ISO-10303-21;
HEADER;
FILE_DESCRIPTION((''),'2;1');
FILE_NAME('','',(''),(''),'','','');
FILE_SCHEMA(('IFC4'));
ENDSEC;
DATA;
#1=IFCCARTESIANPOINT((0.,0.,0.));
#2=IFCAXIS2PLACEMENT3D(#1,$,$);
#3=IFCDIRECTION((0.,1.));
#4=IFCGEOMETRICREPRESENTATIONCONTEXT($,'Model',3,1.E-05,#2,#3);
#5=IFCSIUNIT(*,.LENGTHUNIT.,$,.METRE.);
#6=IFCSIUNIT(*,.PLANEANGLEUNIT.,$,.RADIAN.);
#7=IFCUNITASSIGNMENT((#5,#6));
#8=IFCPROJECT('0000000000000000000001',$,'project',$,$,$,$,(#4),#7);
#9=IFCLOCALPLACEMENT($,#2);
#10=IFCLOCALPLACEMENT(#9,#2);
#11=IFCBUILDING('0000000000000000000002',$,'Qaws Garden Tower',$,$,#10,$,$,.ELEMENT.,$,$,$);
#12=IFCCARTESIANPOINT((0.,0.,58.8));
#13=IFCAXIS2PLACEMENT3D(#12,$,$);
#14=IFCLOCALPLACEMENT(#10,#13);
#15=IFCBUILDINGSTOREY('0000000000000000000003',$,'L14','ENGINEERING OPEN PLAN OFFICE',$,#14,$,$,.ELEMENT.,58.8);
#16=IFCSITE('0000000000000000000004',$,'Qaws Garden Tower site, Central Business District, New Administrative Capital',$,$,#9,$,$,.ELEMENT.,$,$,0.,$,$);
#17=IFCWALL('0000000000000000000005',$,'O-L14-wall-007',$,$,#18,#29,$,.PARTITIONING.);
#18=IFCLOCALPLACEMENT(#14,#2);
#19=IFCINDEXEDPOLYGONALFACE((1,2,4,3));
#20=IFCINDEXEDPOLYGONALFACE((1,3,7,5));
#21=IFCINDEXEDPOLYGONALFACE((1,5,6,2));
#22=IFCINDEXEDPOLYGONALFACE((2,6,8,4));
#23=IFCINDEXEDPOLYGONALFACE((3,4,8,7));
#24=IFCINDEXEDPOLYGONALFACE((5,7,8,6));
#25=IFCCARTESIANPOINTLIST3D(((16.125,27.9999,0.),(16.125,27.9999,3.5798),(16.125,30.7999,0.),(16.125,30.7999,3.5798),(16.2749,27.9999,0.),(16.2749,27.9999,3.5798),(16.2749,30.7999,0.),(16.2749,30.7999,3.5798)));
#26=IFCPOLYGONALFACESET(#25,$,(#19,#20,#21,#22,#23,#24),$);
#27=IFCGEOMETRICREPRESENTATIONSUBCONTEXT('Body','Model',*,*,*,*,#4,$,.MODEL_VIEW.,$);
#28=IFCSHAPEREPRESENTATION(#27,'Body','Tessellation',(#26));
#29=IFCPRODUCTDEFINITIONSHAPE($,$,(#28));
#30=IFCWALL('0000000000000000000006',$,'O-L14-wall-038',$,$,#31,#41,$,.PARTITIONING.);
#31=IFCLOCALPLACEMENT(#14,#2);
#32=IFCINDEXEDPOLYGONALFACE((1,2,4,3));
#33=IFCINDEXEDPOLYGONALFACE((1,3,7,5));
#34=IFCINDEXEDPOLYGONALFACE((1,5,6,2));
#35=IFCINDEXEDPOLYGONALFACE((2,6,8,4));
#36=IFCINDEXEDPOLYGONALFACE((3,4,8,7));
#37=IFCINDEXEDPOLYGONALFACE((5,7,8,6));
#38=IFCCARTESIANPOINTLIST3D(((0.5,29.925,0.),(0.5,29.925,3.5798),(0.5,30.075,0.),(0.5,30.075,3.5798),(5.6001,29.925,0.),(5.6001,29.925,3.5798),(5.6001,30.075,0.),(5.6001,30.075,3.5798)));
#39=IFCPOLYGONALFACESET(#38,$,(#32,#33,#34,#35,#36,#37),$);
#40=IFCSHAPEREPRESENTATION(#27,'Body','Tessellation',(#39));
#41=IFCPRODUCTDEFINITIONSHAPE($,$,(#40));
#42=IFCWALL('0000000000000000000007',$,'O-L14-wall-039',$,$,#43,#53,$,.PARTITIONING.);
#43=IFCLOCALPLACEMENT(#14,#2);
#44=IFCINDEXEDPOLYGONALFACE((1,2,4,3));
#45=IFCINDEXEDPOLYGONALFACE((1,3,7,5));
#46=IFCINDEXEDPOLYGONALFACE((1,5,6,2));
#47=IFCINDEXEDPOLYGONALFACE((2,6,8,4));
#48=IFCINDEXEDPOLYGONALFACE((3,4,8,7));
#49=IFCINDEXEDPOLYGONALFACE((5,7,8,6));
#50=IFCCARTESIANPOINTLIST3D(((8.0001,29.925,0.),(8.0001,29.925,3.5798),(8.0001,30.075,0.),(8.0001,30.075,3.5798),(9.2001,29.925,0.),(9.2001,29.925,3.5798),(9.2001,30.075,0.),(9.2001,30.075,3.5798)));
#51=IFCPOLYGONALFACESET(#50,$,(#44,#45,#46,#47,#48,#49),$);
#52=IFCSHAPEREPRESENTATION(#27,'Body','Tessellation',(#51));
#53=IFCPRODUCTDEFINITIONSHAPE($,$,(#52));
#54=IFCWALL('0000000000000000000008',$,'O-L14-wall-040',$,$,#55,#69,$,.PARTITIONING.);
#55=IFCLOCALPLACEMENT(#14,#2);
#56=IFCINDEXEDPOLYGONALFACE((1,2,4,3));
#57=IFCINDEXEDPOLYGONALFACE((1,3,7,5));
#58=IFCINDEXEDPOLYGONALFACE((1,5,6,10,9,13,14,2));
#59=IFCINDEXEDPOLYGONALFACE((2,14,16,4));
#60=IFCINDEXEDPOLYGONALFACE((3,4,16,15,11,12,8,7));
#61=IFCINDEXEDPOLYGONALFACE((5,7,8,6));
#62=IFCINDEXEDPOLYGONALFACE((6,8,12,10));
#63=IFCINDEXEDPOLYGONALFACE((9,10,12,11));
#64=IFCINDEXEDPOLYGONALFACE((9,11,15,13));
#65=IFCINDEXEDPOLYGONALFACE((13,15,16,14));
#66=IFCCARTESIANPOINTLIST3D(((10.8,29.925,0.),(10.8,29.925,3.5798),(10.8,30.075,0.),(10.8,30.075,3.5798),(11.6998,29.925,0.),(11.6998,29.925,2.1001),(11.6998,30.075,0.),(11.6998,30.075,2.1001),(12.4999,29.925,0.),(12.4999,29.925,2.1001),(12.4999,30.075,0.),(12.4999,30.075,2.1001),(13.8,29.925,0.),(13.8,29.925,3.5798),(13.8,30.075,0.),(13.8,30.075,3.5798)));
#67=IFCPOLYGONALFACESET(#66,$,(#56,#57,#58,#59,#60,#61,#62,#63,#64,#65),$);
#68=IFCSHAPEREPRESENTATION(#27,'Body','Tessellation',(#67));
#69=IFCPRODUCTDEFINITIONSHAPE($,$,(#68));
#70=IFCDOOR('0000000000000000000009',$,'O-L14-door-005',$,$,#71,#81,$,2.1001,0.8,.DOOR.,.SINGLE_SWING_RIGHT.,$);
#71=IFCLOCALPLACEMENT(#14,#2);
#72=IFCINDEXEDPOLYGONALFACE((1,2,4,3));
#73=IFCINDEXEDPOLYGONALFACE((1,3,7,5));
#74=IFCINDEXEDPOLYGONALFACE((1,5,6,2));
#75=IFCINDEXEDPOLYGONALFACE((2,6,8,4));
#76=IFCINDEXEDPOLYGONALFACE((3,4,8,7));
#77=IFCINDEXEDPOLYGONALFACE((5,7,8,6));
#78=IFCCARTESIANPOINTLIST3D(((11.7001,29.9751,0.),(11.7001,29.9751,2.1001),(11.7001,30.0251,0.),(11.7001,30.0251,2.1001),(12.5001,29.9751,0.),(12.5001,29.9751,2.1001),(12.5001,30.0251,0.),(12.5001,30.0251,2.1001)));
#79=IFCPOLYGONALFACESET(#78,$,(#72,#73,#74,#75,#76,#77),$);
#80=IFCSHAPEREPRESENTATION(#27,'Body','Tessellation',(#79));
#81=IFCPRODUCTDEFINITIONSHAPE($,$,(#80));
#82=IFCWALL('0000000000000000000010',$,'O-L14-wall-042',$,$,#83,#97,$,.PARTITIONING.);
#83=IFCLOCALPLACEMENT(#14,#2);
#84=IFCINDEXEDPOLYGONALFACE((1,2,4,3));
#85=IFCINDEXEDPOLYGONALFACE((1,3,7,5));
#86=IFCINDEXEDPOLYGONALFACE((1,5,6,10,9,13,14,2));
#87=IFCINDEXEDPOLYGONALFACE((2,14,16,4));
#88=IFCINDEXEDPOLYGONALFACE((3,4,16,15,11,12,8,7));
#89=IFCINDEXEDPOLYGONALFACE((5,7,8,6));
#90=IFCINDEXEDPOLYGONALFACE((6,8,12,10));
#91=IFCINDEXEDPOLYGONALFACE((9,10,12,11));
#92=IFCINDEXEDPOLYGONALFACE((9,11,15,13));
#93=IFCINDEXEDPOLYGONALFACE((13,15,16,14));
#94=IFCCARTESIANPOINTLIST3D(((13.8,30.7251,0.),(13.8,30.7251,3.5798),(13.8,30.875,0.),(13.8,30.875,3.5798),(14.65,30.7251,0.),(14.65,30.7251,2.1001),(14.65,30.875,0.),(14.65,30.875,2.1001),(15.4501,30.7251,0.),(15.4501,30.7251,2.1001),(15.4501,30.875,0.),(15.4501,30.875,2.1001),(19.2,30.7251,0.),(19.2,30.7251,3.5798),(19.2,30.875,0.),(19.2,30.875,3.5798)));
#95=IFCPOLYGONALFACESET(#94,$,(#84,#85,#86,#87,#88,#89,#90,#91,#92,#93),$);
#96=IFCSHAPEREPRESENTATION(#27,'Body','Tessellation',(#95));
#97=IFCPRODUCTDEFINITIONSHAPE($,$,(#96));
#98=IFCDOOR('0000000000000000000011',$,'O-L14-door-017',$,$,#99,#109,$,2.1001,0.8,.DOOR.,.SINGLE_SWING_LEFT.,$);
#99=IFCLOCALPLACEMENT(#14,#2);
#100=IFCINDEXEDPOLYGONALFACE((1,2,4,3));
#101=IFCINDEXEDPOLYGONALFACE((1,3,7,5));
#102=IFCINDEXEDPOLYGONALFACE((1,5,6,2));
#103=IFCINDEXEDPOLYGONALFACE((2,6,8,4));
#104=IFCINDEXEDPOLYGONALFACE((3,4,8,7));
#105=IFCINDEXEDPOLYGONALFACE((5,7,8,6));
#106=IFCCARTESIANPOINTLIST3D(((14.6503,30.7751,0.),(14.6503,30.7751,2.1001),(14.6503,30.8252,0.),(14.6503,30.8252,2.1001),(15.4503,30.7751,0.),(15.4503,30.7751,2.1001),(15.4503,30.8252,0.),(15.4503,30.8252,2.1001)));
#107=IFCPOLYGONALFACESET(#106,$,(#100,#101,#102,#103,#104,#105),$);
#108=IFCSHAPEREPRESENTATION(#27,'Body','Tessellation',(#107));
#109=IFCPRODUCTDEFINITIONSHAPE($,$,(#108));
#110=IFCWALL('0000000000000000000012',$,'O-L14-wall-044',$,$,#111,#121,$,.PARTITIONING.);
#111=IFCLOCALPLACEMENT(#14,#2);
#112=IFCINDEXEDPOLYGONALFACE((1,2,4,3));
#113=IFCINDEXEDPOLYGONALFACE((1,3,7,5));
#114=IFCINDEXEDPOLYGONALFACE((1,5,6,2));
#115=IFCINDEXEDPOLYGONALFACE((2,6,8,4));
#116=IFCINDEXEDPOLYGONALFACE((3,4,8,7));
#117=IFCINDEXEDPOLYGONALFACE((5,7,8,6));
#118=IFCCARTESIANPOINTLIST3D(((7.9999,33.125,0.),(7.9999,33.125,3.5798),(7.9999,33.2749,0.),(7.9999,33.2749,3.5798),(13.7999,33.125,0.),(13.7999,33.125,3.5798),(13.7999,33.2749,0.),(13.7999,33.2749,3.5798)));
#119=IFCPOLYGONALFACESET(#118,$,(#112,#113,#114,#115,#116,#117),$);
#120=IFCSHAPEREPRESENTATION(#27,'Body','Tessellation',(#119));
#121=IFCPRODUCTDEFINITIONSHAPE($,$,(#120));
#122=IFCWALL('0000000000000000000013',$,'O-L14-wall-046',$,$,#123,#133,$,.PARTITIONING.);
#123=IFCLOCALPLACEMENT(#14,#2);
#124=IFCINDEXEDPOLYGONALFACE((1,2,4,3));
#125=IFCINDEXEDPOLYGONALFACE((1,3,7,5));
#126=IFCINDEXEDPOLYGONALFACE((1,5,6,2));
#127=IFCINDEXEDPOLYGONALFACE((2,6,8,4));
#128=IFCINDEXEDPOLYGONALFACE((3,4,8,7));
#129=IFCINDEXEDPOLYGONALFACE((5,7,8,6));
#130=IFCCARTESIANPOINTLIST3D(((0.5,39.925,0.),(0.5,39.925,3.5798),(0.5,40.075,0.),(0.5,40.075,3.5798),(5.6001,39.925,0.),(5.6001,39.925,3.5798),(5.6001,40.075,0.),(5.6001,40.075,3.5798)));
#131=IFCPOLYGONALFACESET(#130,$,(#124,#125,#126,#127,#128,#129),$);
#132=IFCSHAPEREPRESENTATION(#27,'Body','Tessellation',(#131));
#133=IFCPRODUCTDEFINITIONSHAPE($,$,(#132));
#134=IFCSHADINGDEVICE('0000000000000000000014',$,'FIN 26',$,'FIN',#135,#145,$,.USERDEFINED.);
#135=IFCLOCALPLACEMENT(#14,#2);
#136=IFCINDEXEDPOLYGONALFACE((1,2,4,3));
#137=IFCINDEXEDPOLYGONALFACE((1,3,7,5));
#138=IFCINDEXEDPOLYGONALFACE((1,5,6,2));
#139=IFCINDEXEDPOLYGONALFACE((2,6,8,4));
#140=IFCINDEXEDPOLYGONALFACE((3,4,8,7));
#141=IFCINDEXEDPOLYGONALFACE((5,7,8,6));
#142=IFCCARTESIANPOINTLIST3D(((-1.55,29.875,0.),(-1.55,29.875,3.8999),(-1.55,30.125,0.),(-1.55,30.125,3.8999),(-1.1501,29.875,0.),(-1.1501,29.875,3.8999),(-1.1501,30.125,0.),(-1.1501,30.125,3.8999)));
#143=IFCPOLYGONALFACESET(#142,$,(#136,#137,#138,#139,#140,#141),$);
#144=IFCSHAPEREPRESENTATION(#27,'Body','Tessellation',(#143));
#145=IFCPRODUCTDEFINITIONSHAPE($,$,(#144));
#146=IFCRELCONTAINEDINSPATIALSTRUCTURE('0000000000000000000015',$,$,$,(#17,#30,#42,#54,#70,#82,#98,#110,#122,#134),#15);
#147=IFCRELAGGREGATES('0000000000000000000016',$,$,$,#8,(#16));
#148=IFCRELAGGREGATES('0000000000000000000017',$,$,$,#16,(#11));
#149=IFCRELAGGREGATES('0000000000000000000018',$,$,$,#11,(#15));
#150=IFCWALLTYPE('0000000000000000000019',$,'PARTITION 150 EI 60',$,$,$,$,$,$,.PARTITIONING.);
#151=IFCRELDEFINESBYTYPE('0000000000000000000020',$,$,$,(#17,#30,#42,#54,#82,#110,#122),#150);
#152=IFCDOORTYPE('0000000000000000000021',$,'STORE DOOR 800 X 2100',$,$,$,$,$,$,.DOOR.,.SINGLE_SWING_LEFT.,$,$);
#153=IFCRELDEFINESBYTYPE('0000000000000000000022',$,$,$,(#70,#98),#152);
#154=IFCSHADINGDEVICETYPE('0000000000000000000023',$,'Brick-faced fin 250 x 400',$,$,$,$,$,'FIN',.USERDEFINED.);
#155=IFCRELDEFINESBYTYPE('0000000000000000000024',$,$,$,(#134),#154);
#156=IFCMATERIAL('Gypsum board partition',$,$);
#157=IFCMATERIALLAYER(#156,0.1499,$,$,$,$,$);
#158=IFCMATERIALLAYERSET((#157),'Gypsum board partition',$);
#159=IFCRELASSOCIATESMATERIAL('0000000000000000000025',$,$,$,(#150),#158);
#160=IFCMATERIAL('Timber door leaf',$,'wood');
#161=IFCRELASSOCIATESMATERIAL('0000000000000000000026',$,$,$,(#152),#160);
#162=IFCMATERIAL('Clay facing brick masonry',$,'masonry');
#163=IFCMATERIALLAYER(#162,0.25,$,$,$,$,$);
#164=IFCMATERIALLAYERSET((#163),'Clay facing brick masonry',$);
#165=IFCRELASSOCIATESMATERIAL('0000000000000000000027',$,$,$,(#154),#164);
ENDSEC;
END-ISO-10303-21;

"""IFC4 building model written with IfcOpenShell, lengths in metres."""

from ifc_helpers import new_model, si_unit, direction, frame, frame_2d, origin, origin_2d, place, context, subcontext, project, spatial, rectangle, extrude, material, layer, layer_set, type_object, element, fill, save


model = new_model("IFC4")

# Units and contexts
model_context = context("Model", 3, precision=1e-05, world=origin(), true_north=direction((0.0, 1.0)))
body_context = subcontext(model_context, "Body", "Model", "MODEL_VIEW")
ifc_project = project(units=[si_unit("LENGTHUNIT", "METRE"), si_unit("PLANEANGLEUNIT", "RADIAN")], contexts=[model_context])

# Site, building, storey
site_placement = place(None, origin())
site = spatial("IfcSite", under=ifc_project, at=site_placement, Name="Qaws Garden Tower site, Central Business District, New Administrative Capital", CompositionType="ELEMENT", RefElevation=0.0)
building_placement = place(site_placement, origin())
building = spatial("IfcBuilding", under=site, at=building_placement, Name="Qaws Garden Tower", CompositionType="ELEMENT")
storey_placement = place(building_placement, frame((0.0, 0.0, 58.8)))
storey = spatial("IfcBuildingStorey", under=building, at=storey_placement, Name="L14", Description="ENGINEERING OPEN PLAN OFFICE", CompositionType="ELEMENT", Elevation=58.8)

# Shared definitions
ifc_material_1 = material(Name="Gypsum board partition")
ifc_layer_1 = layer(ifc_material_1, 0.1499)
ifc_layer_set_1 = layer_set([ifc_layer_1], Name="Gypsum board partition")
wall_type_1 = type_object("IfcWallType", Name="PARTITION 150 EI 60", PredefinedType="PARTITIONING", material=ifc_layer_set_1)

# Walls
wall_1_placement = place(storey_placement, frame((16.2, 28.0, 0.0), z_axis=(0.0, 0.0, 1.0), x_axis=(0.0, 1.0, 0.0)))
element("IfcWall", 1, at=wall_1_placement, inside=storey, type_object=wall_type_1, Name="O-L14-wall-007", PredefinedType="PARTITIONING", context=body_context, shape_type="SweptSolid", body=[
    extrude(rectangle(XDim=2.8, YDim=0.1499, at=frame_2d((1.3999, 0.0))), origin(), (0.0, 0.0, 1.0), 3.5798),
])
wall_2_placement = place(storey_placement, frame((0.5, 30.0, 0.0), z_axis=(0.0, 0.0, 1.0), x_axis=(1.0, 0.0, 0.0)))
element("IfcWall", 2, at=wall_2_placement, inside=storey, type_object=wall_type_1, Name="O-L14-wall-038", PredefinedType="PARTITIONING", context=body_context, shape_type="SweptSolid", body=[
    extrude(rectangle(XDim=5.1001, YDim=0.1499, at=frame_2d((2.55, 0.0))), origin(), (0.0, 0.0, 1.0), 3.5798),
])
wall_3_placement = place(storey_placement, frame((8.0, 30.0, 0.0), z_axis=(0.0, 0.0, 1.0), x_axis=(1.0, 0.0, 0.0)))
element("IfcWall", 3, at=wall_3_placement, inside=storey, type_object=wall_type_1, Name="O-L14-wall-039", PredefinedType="PARTITIONING", context=body_context, shape_type="SweptSolid", body=[
    extrude(rectangle(XDim=1.2, YDim=0.1499, at=frame_2d((0.6001, 0.0))), origin(), (0.0, 0.0, 1.0), 3.5798),
])

# Walls, openings, doors
wall_4_placement = place(storey_placement, frame((10.8, 30.0, 0.0), z_axis=(0.0, 0.0, 1.0), x_axis=(1.0, 0.0, 0.0)))
wall_4 = element("IfcWall", 4, at=wall_4_placement, inside=storey, type_object=wall_type_1, Name="O-L14-wall-040", PredefinedType="PARTITIONING", context=body_context, shape_type="SweptSolid", body=[
    extrude(rectangle(XDim=3.0, YDim=0.1499, at=frame_2d((1.5, 0.0))), origin(), (0.0, 0.0, 1.0), 3.5798),
])
opening_1_placement = place(wall_4_placement, frame((0.8999, 0.0, 0.0)))
opening_1 = element("IfcOpeningElement", 5, at=opening_1_placement, cuts=wall_4, PredefinedType="OPENING", context=body_context, shape_type="SweptSolid", body=[
    extrude(rectangle(XDim=0.8, YDim=2.1001, at=frame_2d((0.3999, 1.05))), frame((0.0, 0.085, 0.0), z_axis=(0.0, -1.0, 0.0), x_axis=(1.0, 0.0, 0.0)), (0.0, 0.0, 1.0), 0.1699),
])
ifc_material_2 = material(Name="Timber door leaf", Category="wood")
door_type_1 = type_object("IfcDoorType", Name="STORE DOOR 800 X 2100", OperationType="SINGLE_SWING_LEFT", PredefinedType="DOOR", material=ifc_material_2)
door_1_placement = place(opening_1_placement, frame((0.8, 0.0, 0.0), z_axis=(0.0, 0.0, 1.0), x_axis=(-1.0, 0.0, 0.0)))
door_1 = element("IfcDoor", 6, at=door_1_placement, inside=storey, type_object=door_type_1, Name="O-L14-door-005", OperationType="SINGLE_SWING_RIGHT", OverallHeight=2.1001, OverallWidth=0.8, PredefinedType="DOOR", context=body_context, shape_type="SweptSolid", body=[
    extrude(rectangle(XDim=0.8, YDim=2.1001, at=frame_2d((0.3999, 1.05))), frame((0.0, 0.0249, 0.0), z_axis=(0.0, -1.0, 0.0), x_axis=(1.0, 0.0, 0.0)), (0.0, 0.0, 1.0), 0.05),
])
fill(opening_1, door_1)
wall_5_placement = place(storey_placement, frame((13.8, 30.8, 0.0), z_axis=(0.0, 0.0, 1.0), x_axis=(1.0, 0.0, 0.0)))
wall_5 = element("IfcWall", 7, at=wall_5_placement, inside=storey, type_object=wall_type_1, Name="O-L14-wall-042", PredefinedType="PARTITIONING", context=body_context, shape_type="SweptSolid", body=[
    extrude(rectangle(XDim=5.3999, YDim=0.1499, at=frame_2d((2.7, 0.0))), origin(), (0.0, 0.0, 1.0), 3.5798),
])
opening_2_placement = place(wall_5_placement, frame((0.8501, 0.0, 0.0)))
opening_2 = element("IfcOpeningElement", 8, at=opening_2_placement, cuts=wall_5, PredefinedType="OPENING", context=body_context, shape_type="SweptSolid", body=[
    extrude(rectangle(XDim=0.8, YDim=2.1001, at=frame_2d((0.3999, 1.05))), frame((0.0, 0.085, 0.0), z_axis=(0.0, -1.0, 0.0), x_axis=(1.0, 0.0, 0.0)), (0.0, 0.0, 1.0), 0.1699),
])
door_2_placement = place(opening_2_placement, frame((0.8, 0.0, 0.0), z_axis=(0.0, 0.0, 1.0), x_axis=(-1.0, 0.0, 0.0)))
door_2 = element("IfcDoor", 9, at=door_2_placement, inside=storey, type_object=door_type_1, Name="O-L14-door-017", OperationType="SINGLE_SWING_LEFT", OverallHeight=2.1001, OverallWidth=0.8, PredefinedType="DOOR", context=body_context, shape_type="SweptSolid", body=[
    extrude(rectangle(XDim=0.8, YDim=2.1001, at=frame_2d((0.3999, 1.05))), frame((0.0, 0.0249, 0.0), z_axis=(0.0, -1.0, 0.0), x_axis=(1.0, 0.0, 0.0)), (0.0, 0.0, 1.0), 0.05),
])
fill(opening_2, door_2)

# Walls
wall_6_placement = place(storey_placement, frame((8.0, 33.2, 0.0), z_axis=(0.0, 0.0, 1.0), x_axis=(1.0, 0.0, 0.0)))
element("IfcWall", 10, at=wall_6_placement, inside=storey, type_object=wall_type_1, Name="O-L14-wall-044", PredefinedType="PARTITIONING", context=body_context, shape_type="SweptSolid", body=[
    extrude(rectangle(XDim=5.8, YDim=0.1499, at=frame_2d((2.8999, 0.0))), origin(), (0.0, 0.0, 1.0), 3.5798),
])
wall_7_placement = place(storey_placement, frame((0.5, 40.0, 0.0), z_axis=(0.0, 0.0, 1.0), x_axis=(1.0, 0.0, 0.0)))
element("IfcWall", 11, at=wall_7_placement, inside=storey, type_object=wall_type_1, Name="O-L14-wall-046", PredefinedType="PARTITIONING", context=body_context, shape_type="SweptSolid", body=[
    extrude(rectangle(XDim=5.1001, YDim=0.1499, at=frame_2d((2.55, 0.0))), origin(), (0.0, 0.0, 1.0), 3.5798),
])

# Shading device
ifc_material_3 = material(Name="Clay facing brick masonry", Category="masonry")
ifc_layer_2 = layer(ifc_material_3, 0.25)
ifc_layer_set_2 = layer_set([ifc_layer_2], Name="Clay facing brick masonry")
shading_device_type = type_object("IfcShadingDeviceType", Name="Brick-faced fin 250 x 400", ElementType="FIN", PredefinedType="USERDEFINED", material=ifc_layer_set_2)
shading_device_placement = place(storey_placement, frame((-1.3501, 30.0, 0.0), z_axis=(0.0, 0.0, 1.0), x_axis=(0.0, -1.0, 0.0)))
element("IfcShadingDevice", 12, at=shading_device_placement, inside=storey, type_object=shading_device_type, Name="FIN 26", ObjectType="FIN", PredefinedType="USERDEFINED", context=body_context, shape_type="SweptSolid", body=[
    extrude(rectangle(XDim=0.25, YDim=0.3999, at=origin_2d()), origin(), (0.0, 0.0, 1.0), 3.8999),
])

save(model, "model.ifc")
